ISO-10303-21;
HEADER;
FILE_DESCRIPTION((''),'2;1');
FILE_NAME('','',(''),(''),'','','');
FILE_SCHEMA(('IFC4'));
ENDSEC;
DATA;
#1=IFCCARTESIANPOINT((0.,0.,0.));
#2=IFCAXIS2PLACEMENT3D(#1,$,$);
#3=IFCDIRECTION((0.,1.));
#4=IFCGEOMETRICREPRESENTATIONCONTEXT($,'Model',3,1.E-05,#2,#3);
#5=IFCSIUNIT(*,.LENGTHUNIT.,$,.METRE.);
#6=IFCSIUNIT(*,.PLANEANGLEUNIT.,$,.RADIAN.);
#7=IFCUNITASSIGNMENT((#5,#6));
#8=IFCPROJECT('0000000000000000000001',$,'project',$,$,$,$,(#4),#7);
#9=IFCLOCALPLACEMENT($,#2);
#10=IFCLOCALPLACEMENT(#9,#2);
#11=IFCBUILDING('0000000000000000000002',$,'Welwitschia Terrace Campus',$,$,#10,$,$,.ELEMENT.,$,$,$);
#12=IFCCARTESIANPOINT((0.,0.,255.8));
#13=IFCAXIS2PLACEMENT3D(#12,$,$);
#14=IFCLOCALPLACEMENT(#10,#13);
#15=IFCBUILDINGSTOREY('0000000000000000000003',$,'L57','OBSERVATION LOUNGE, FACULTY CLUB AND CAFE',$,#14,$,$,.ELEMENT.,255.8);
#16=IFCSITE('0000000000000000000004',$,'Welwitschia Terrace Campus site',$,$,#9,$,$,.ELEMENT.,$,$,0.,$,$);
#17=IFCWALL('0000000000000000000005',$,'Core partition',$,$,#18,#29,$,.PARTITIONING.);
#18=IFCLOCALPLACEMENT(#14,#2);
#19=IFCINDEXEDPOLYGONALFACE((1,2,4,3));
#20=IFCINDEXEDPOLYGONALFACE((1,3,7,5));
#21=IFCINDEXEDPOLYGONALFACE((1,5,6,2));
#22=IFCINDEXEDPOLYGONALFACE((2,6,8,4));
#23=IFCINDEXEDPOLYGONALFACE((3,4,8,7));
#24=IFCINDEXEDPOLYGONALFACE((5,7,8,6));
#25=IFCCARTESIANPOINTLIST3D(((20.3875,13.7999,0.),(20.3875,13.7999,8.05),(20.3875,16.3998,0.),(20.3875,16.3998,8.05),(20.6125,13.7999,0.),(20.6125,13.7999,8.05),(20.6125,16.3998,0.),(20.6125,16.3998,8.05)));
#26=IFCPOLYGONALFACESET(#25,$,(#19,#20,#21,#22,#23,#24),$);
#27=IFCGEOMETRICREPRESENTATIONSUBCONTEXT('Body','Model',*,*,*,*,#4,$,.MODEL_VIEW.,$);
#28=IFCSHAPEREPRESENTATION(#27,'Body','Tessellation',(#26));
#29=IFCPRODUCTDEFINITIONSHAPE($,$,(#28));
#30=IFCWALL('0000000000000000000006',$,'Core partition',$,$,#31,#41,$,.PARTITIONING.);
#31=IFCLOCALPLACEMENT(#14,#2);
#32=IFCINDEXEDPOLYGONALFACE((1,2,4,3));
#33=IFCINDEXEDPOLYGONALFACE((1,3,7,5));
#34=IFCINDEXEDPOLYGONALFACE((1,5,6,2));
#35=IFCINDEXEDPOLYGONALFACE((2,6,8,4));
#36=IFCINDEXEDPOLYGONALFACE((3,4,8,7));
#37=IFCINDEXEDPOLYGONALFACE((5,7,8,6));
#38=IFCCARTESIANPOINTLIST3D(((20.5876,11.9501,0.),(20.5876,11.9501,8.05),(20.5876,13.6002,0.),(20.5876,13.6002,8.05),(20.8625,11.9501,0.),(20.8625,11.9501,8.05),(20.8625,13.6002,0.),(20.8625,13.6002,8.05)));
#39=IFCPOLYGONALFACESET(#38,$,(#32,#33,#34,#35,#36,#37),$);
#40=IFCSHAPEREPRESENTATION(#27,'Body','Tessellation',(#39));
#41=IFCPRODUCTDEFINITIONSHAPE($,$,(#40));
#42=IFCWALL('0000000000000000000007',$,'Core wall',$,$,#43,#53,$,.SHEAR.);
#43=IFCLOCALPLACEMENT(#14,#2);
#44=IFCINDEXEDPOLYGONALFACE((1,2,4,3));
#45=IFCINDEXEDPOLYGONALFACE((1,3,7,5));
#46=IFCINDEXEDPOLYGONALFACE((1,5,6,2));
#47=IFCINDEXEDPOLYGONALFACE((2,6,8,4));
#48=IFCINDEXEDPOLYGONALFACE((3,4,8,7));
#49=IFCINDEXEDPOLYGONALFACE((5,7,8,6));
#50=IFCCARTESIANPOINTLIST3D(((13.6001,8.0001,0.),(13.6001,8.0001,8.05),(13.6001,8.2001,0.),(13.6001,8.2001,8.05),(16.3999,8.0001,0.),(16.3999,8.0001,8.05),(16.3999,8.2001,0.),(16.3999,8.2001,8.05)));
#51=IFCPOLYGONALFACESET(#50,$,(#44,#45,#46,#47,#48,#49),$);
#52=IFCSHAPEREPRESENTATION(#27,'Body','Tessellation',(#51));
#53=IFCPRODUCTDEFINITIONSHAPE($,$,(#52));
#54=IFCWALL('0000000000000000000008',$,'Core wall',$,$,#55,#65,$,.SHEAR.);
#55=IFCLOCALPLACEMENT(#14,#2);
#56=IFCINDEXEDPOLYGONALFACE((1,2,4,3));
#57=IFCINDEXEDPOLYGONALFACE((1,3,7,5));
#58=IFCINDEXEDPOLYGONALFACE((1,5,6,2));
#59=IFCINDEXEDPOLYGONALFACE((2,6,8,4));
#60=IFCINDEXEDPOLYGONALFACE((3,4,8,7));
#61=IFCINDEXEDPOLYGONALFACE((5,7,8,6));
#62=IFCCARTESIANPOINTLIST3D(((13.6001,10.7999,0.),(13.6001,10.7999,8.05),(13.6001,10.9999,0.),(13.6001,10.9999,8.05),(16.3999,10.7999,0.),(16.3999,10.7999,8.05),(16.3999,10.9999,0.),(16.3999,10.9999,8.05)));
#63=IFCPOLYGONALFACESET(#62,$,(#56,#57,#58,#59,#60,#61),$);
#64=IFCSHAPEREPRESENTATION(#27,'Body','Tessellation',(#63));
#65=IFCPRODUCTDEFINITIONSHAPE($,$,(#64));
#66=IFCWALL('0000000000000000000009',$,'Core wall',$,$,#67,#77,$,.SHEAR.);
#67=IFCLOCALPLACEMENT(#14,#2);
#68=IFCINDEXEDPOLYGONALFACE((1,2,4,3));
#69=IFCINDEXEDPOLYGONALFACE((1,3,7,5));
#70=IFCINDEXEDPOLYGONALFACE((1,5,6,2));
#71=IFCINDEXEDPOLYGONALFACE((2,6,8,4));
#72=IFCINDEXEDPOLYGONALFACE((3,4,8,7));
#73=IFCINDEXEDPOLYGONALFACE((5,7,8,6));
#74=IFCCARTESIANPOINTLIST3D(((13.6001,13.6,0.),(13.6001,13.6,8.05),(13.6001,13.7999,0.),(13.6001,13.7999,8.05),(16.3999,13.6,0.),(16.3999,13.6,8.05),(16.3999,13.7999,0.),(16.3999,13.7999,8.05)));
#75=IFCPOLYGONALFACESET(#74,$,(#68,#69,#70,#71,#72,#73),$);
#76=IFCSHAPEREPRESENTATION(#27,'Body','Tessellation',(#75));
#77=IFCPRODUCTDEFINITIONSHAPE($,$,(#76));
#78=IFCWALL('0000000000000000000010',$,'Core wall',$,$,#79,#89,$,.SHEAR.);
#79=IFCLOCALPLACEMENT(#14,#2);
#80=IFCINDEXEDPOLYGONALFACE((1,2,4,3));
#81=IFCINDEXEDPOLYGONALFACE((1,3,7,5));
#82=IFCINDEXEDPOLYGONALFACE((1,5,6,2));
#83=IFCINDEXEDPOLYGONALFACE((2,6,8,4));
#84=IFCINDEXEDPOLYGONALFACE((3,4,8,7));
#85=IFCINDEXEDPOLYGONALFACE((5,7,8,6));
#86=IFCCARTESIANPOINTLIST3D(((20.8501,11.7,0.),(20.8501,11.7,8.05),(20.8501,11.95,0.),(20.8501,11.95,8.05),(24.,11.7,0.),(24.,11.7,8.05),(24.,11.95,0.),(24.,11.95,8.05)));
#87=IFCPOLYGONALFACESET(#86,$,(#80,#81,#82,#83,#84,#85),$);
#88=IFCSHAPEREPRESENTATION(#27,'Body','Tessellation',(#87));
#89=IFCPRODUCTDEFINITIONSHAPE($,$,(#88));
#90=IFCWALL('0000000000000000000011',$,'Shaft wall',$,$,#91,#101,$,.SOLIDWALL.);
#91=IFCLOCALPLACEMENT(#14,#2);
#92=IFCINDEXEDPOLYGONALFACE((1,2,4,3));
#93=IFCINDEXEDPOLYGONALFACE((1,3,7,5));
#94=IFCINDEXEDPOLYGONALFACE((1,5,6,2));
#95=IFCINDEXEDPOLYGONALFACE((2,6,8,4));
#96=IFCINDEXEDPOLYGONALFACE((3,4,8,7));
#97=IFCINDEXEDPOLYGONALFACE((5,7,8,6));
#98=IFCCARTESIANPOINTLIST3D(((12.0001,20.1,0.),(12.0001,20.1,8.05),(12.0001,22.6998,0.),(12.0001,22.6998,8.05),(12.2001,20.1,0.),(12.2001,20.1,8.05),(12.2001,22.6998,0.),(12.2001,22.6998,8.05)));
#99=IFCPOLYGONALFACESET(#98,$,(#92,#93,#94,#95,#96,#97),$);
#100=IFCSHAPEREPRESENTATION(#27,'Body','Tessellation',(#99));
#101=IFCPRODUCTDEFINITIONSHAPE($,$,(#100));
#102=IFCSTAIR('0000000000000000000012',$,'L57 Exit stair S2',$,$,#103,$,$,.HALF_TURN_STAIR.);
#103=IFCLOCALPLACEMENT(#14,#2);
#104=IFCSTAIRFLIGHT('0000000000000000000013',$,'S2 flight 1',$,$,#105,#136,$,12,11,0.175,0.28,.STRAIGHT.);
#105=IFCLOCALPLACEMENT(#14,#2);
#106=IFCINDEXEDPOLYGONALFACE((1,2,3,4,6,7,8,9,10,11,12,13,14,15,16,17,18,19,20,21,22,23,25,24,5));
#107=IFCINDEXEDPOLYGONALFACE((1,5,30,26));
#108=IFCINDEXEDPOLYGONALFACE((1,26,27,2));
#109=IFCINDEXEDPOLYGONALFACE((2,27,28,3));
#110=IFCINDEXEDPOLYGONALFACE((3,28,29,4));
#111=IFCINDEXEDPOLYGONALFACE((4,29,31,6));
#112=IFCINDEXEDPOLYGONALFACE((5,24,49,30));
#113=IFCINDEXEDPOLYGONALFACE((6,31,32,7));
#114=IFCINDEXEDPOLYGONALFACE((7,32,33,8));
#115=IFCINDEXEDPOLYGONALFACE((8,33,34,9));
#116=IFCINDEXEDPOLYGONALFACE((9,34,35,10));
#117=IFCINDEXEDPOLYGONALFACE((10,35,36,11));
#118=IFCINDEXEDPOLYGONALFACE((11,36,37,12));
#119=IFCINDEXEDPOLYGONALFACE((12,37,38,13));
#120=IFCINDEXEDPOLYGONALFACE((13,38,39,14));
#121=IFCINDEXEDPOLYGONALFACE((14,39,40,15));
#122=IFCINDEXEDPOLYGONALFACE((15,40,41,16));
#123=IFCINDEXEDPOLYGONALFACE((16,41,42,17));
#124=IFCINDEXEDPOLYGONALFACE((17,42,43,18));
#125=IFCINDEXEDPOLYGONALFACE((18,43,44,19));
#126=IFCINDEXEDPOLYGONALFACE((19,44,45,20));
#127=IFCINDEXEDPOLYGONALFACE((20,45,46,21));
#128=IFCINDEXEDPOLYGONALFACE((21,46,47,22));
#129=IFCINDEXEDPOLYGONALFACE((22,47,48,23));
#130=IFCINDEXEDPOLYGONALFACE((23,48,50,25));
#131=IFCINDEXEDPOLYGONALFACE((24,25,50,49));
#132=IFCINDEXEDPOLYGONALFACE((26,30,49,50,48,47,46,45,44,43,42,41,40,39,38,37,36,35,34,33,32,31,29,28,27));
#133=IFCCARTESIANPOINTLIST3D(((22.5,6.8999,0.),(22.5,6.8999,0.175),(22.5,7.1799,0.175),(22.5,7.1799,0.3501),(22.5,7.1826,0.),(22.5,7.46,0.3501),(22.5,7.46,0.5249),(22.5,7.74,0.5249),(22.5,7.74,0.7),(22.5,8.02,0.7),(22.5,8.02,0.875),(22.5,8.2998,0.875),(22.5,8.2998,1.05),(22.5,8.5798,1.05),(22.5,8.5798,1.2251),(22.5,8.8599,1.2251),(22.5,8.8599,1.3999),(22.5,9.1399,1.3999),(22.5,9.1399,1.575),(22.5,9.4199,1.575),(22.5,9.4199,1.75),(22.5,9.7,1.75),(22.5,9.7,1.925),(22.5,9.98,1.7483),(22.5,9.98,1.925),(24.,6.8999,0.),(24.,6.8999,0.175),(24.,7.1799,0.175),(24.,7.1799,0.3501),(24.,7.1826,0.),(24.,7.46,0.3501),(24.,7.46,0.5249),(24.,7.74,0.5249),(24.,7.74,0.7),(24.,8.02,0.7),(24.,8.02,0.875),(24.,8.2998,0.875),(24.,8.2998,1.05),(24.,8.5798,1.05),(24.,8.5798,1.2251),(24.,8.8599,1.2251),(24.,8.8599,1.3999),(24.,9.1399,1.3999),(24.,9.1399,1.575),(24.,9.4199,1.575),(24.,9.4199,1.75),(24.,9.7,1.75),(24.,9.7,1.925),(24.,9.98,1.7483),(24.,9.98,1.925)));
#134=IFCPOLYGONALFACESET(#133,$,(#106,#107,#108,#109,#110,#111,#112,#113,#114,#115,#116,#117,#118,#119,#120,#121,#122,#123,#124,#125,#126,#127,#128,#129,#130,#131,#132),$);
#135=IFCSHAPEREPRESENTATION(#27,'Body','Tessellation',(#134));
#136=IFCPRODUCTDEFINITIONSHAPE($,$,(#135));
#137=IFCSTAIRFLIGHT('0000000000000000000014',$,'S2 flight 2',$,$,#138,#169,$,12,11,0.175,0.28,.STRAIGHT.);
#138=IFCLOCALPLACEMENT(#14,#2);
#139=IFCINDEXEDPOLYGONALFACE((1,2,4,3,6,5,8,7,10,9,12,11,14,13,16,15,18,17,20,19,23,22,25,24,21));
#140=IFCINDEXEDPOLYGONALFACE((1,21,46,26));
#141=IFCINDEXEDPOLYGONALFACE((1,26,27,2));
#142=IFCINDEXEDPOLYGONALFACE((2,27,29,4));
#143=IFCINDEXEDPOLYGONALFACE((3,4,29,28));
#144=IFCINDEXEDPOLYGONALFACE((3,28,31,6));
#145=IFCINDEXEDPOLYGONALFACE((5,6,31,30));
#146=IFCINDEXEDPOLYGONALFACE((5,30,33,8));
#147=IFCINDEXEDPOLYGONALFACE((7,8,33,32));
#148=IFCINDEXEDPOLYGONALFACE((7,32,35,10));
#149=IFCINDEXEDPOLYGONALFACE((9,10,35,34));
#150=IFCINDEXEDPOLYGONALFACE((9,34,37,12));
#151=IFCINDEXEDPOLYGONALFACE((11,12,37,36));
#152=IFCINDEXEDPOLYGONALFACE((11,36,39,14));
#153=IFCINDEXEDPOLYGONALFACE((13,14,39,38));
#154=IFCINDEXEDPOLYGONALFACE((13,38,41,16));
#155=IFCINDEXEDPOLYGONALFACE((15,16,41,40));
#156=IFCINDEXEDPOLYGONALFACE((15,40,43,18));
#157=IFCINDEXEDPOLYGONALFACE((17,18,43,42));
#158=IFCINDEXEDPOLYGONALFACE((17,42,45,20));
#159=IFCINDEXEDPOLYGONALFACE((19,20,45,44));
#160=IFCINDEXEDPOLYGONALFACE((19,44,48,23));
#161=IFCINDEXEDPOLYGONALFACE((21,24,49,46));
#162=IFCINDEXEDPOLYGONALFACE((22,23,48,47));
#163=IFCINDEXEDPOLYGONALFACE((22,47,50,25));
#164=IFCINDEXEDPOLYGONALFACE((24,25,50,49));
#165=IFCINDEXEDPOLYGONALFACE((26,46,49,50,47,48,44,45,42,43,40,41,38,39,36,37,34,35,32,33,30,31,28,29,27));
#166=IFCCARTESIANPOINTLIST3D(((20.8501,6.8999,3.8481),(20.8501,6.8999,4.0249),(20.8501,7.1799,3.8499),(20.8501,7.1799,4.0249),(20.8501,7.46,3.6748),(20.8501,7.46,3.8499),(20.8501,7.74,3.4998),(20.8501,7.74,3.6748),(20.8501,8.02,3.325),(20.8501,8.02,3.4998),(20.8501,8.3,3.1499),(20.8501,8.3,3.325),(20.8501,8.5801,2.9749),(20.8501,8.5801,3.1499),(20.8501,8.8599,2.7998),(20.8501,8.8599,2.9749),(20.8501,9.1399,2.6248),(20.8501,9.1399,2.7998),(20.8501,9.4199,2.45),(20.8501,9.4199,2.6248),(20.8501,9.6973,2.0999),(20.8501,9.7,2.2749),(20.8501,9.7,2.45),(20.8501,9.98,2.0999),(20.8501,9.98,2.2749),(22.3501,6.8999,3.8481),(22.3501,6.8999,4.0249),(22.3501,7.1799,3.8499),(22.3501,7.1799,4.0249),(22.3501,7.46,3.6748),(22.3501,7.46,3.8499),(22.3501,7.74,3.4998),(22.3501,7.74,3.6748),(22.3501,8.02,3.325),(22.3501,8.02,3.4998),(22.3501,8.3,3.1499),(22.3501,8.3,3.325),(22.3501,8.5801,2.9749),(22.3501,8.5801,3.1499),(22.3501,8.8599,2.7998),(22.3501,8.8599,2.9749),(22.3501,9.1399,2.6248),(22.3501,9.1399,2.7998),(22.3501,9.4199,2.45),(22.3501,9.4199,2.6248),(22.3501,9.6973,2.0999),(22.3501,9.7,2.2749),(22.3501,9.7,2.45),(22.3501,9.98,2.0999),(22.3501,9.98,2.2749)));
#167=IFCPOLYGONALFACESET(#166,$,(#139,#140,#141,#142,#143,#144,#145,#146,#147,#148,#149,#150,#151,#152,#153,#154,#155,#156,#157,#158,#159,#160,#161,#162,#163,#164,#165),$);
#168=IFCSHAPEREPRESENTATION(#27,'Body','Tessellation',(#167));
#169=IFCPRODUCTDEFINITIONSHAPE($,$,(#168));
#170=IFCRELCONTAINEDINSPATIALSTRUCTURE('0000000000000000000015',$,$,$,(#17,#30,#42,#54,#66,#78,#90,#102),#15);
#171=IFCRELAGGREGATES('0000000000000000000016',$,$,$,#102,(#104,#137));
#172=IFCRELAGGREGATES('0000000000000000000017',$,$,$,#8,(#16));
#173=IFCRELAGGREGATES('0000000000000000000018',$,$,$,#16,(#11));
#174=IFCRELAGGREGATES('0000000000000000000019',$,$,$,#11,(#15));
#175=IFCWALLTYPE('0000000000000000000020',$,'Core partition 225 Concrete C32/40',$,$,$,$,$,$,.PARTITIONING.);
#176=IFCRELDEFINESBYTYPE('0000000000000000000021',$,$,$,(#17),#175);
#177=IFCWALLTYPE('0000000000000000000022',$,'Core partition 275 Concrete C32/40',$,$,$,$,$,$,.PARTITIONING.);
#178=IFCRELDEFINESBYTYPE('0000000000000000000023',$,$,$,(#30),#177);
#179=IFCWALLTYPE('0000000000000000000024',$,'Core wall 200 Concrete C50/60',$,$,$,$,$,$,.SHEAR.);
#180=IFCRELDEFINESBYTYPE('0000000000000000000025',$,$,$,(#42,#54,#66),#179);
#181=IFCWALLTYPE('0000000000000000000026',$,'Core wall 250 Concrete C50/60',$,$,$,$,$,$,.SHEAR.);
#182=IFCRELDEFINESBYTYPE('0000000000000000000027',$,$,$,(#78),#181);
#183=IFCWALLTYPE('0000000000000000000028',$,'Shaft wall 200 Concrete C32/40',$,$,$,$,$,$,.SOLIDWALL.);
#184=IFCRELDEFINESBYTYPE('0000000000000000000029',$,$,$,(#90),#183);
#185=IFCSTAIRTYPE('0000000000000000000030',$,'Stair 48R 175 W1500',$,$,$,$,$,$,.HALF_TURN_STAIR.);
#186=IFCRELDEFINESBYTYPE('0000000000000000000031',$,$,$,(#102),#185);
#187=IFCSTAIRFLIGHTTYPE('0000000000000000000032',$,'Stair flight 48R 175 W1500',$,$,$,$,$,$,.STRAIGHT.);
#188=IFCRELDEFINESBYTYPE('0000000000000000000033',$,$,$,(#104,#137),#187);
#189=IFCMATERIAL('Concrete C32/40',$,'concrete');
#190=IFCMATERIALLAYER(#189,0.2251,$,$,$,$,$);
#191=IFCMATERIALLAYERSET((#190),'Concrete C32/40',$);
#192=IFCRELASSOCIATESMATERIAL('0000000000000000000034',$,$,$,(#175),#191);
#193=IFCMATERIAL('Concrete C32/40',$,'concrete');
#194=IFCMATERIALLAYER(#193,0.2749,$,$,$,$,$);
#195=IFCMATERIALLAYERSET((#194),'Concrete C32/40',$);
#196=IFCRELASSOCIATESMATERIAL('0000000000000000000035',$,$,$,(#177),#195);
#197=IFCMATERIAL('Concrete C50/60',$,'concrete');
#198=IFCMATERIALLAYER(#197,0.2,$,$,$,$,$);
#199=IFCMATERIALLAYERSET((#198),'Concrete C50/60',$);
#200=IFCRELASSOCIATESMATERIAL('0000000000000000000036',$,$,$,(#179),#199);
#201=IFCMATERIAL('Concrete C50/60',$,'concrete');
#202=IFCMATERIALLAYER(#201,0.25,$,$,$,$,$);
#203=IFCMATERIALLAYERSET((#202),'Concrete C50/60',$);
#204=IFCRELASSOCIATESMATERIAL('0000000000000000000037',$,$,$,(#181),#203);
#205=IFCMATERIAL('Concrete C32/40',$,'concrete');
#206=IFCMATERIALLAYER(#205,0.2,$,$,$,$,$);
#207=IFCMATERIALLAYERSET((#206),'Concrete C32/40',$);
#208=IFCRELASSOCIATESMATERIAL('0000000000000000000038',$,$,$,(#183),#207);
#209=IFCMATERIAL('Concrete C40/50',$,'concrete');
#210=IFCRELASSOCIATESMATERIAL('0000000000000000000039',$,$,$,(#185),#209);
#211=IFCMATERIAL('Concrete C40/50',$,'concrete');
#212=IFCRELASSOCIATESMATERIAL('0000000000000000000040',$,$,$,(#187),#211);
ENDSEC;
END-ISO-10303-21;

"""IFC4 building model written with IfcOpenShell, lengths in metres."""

from ifc_helpers import new_model, si_unit, direction, frame, frame_2d, origin, place, context, subcontext, project, spatial, polyline, rectangle, outline, extrude, material, layer, layer_set, type_object, element, aggregate, save


model = new_model("IFC4")

# Units and contexts
model_context = context("Model", 3, precision=1e-05, world=origin(), true_north=direction((0.0, 1.0)))
body_context = subcontext(model_context, "Body", "Model", "MODEL_VIEW")
ifc_project = project(units=[si_unit("LENGTHUNIT", "METRE"), si_unit("PLANEANGLEUNIT", "RADIAN")], contexts=[model_context])

# Site, building, storey
site_placement = place(None, origin())
site = spatial("IfcSite", under=ifc_project, at=site_placement, Name="Welwitschia Terrace Campus site", CompositionType="ELEMENT", RefElevation=0.0)
building_placement = place(site_placement, origin())
building = spatial("IfcBuilding", under=site, at=building_placement, Name="Welwitschia Terrace Campus", CompositionType="ELEMENT")
storey_placement = place(building_placement, frame((0.0, 0.0, 255.8)))
storey = spatial("IfcBuildingStorey", under=building, at=storey_placement, Name="L57", Description="OBSERVATION LOUNGE, FACULTY CLUB AND CAFE", CompositionType="ELEMENT", Elevation=255.8)

# Shared definitions
ifc_material_1 = material(Name="Concrete C32/40", Category="concrete")
ifc_layer_1 = layer(ifc_material_1, 0.2251)
ifc_layer_set_1 = layer_set([ifc_layer_1], Name="Concrete C32/40")
wall_type_1 = type_object("IfcWallType", Name="Core partition 225 Concrete C32/40", PredefinedType="PARTITIONING", material=ifc_layer_set_1)

# Walls
wall_1_placement = place(storey_placement, frame((20.5, 13.8, 0.0), z_axis=(0.0, 0.0, 1.0), x_axis=(0.0, 1.0, 0.0)))
element("IfcWall", 1, at=wall_1_placement, inside=storey, type_object=wall_type_1, Name="Core partition", PredefinedType="PARTITIONING", context=body_context, shape_type="SweptSolid", body=[
    extrude(rectangle(XDim=2.5999, YDim=0.2251, at=frame_2d((1.2998, 0.0))), origin(), (0.0, 0.0, 1.0), 8.05),
])
ifc_material_2 = material(Name="Concrete C32/40", Category="concrete")
ifc_layer_2 = layer(ifc_material_2, 0.2749)
ifc_layer_set_2 = layer_set([ifc_layer_2], Name="Concrete C32/40")
wall_type_2 = type_object("IfcWallType", Name="Core partition 275 Concrete C32/40", PredefinedType="PARTITIONING", material=ifc_layer_set_2)
wall_2_placement = place(storey_placement, frame((20.7251, 11.95, 0.0), z_axis=(0.0, 0.0, 1.0), x_axis=(0.0, 1.0, 0.0)))
element("IfcWall", 2, at=wall_2_placement, inside=storey, type_object=wall_type_2, Name="Core partition", PredefinedType="PARTITIONING", context=body_context, shape_type="SweptSolid", body=[
    extrude(rectangle(XDim=1.6501, YDim=0.2749, at=frame_2d((0.8252, 0.0))), origin(), (0.0, 0.0, 1.0), 8.05),
])
ifc_material_3 = material(Name="Concrete C50/60", Category="concrete")
ifc_layer_3 = layer(ifc_material_3, 0.2)
ifc_layer_set_3 = layer_set([ifc_layer_3], Name="Concrete C50/60")
wall_type_3 = type_object("IfcWallType", Name="Core wall 200 Concrete C50/60", PredefinedType="SHEAR", material=ifc_layer_set_3)
for number, where, z_axis, x_axis, name in (
    (3, (13.6001, 8.1001, 0.0), (0.0, 0.0, 1.0), (1.0, 0.0, 0.0), "Core wall"),
    (4, (13.6001, 10.8999, 0.0), (0.0, 0.0, 1.0), (1.0, 0.0, 0.0), "Core wall"),
    (5, (13.6001, 13.7, 0.0), (0.0, 0.0, 1.0), (1.0, 0.0, 0.0), "Core wall"),
):
    element("IfcWall", number, at=place(storey_placement, frame(where, z_axis=z_axis, x_axis=x_axis)), inside=storey, type_object=wall_type_3, Name=name, PredefinedType="SHEAR", context=body_context, shape_type="SweptSolid", body=[
        extrude(rectangle(XDim=2.7998, YDim=0.2, at=frame_2d((1.3999, 0.0))), origin(), (0.0, 0.0, 1.0), 8.05),
    ])
ifc_material_4 = material(Name="Concrete C50/60", Category="concrete")
ifc_layer_4 = layer(ifc_material_4, 0.25)
ifc_layer_set_4 = layer_set([ifc_layer_4], Name="Concrete C50/60")
wall_type_4 = type_object("IfcWallType", Name="Core wall 250 Concrete C50/60", PredefinedType="SHEAR", material=ifc_layer_set_4)
wall_3_placement = place(storey_placement, frame((20.8501, 11.825, 0.0), z_axis=(0.0, 0.0, 1.0), x_axis=(1.0, 0.0, 0.0)))
element("IfcWall", 6, at=wall_3_placement, inside=storey, type_object=wall_type_4, Name="Core wall", PredefinedType="SHEAR", context=body_context, shape_type="SweptSolid", body=[
    extrude(rectangle(XDim=3.1499, YDim=0.25, at=frame_2d((1.575, 0.0))), origin(), (0.0, 0.0, 1.0), 8.05),
])
ifc_material_5 = material(Name="Concrete C32/40", Category="concrete")
ifc_layer_5 = layer(ifc_material_5, 0.2)
ifc_layer_set_5 = layer_set([ifc_layer_5], Name="Concrete C32/40")
wall_type_5 = type_object("IfcWallType", Name="Shaft wall 200 Concrete C32/40", PredefinedType="SOLIDWALL", material=ifc_layer_set_5)
wall_4_placement = place(storey_placement, frame((12.1001, 20.1001, 0.0), z_axis=(0.0, 0.0, 1.0), x_axis=(0.0, 1.0, 0.0)))
element("IfcWall", 7, at=wall_4_placement, inside=storey, type_object=wall_type_5, Name="Shaft wall", PredefinedType="SOLIDWALL", context=body_context, shape_type="SweptSolid", body=[
    extrude(rectangle(XDim=2.5999, YDim=0.2, at=frame_2d((1.2998, 0.0))), origin(), (0.0, 0.0, 1.0), 8.05),
])

# Stair, stair flights
ifc_material_6 = material(Name="Concrete C40/50", Category="concrete")
stair_type = type_object("IfcStairType", Name="Stair 48R 175 W1500", PredefinedType="HALF_TURN_STAIR", material=ifc_material_6)
stair_placement = place(storey_placement, origin())
stair = element("IfcStair", 8, at=stair_placement, inside=storey, type_object=stair_type, Name="L57 Exit stair S2", PredefinedType="HALF_TURN_STAIR")
ifc_material_7 = material(Name="Concrete C40/50", Category="concrete")
stair_flight_type = type_object("IfcStairFlightType", Name="Stair flight 48R 175 W1500", PredefinedType="STRAIGHT", material=ifc_material_7)
stair_flight_1_placement = place(storey_placement, frame((23.25, 6.8999, 0.0), z_axis=(0.0, 0.0, 1.0), x_axis=(0.0, 1.0, 0.0)))
stair_flight_1 = element("IfcStairFlight", 9, at=stair_flight_1_placement, type_object=stair_flight_type, Name="S2 flight 1", NumberOfRisers=12, NumberOfTreads=11, PredefinedType="STRAIGHT", RiserHeight=0.175, TreadLength=0.28, context=body_context, shape_type="SweptSolid", body=[
    extrude(outline(polyline([(0.0, 0.0), (0.0, 0.175), (0.28, 0.175), (0.28, 0.3501), (0.5601, 0.3501), (0.5601, 0.5249), (0.8401, 0.5249), (0.8401, 0.7), (1.1201, 0.7), (1.1201, 0.875), (1.3999, 0.875), (1.3999, 1.05), (1.6799, 1.05), (1.6799, 1.2251), (1.96, 1.2251), (1.96, 1.3999), (2.24, 1.3999), (2.24, 1.575), (2.52, 1.575), (2.52, 1.75), (2.8, 1.75), (2.8, 1.925), (3.0801, 1.925), (3.0801, 2.1001), (3.0801, 1.7483), (0.2827, 0.0), (0.0, 0.0)])), frame((0.0, 0.75, 0.0), z_axis=(0.0, -1.0, 0.0), x_axis=(1.0, 0.0, 0.0)), (0.0, 0.0, 1.0), 1.5),
])
stair_flight_2_placement = place(storey_placement, frame((21.6001, 9.98, 2.0999), z_axis=(0.0, 0.0, 1.0), x_axis=(0.0, -1.0, 0.0)))
stair_flight_2 = element("IfcStairFlight", 10, at=stair_flight_2_placement, type_object=stair_flight_type, Name="S2 flight 2", NumberOfRisers=12, NumberOfTreads=11, PredefinedType="STRAIGHT", RiserHeight=0.175, TreadLength=0.28, context=body_context, shape_type="SweptSolid", body=[
    extrude(outline(polyline([(0.0, 0.0), (0.0, 0.175), (0.28, 0.175), (0.28, 0.3501), (0.5601, 0.3501), (0.5601, 0.5249), (0.8401, 0.5249), (0.8401, 0.7), (1.1201, 0.7), (1.1201, 0.875), (1.3999, 0.875), (1.3999, 1.05), (1.6799, 1.05), (1.6799, 1.2251), (1.96, 1.2251), (1.96, 1.3999), (2.24, 1.3999), (2.24, 1.575), (2.52, 1.575), (2.52, 1.75), (2.8, 1.75), (2.8, 1.925), (3.0801, 1.925), (3.0801, 2.1001), (3.0801, 1.7483), (0.2827, 0.0), (0.0, 0.0)])), frame((0.0, 0.75, 0.0), z_axis=(0.0, -1.0, 0.0), x_axis=(1.0, 0.0, 0.0)), (0.0, 0.0, 1.0), 1.5),
])
aggregate(stair, [stair_flight_1, stair_flight_2])

save(model, "model.ifc")
